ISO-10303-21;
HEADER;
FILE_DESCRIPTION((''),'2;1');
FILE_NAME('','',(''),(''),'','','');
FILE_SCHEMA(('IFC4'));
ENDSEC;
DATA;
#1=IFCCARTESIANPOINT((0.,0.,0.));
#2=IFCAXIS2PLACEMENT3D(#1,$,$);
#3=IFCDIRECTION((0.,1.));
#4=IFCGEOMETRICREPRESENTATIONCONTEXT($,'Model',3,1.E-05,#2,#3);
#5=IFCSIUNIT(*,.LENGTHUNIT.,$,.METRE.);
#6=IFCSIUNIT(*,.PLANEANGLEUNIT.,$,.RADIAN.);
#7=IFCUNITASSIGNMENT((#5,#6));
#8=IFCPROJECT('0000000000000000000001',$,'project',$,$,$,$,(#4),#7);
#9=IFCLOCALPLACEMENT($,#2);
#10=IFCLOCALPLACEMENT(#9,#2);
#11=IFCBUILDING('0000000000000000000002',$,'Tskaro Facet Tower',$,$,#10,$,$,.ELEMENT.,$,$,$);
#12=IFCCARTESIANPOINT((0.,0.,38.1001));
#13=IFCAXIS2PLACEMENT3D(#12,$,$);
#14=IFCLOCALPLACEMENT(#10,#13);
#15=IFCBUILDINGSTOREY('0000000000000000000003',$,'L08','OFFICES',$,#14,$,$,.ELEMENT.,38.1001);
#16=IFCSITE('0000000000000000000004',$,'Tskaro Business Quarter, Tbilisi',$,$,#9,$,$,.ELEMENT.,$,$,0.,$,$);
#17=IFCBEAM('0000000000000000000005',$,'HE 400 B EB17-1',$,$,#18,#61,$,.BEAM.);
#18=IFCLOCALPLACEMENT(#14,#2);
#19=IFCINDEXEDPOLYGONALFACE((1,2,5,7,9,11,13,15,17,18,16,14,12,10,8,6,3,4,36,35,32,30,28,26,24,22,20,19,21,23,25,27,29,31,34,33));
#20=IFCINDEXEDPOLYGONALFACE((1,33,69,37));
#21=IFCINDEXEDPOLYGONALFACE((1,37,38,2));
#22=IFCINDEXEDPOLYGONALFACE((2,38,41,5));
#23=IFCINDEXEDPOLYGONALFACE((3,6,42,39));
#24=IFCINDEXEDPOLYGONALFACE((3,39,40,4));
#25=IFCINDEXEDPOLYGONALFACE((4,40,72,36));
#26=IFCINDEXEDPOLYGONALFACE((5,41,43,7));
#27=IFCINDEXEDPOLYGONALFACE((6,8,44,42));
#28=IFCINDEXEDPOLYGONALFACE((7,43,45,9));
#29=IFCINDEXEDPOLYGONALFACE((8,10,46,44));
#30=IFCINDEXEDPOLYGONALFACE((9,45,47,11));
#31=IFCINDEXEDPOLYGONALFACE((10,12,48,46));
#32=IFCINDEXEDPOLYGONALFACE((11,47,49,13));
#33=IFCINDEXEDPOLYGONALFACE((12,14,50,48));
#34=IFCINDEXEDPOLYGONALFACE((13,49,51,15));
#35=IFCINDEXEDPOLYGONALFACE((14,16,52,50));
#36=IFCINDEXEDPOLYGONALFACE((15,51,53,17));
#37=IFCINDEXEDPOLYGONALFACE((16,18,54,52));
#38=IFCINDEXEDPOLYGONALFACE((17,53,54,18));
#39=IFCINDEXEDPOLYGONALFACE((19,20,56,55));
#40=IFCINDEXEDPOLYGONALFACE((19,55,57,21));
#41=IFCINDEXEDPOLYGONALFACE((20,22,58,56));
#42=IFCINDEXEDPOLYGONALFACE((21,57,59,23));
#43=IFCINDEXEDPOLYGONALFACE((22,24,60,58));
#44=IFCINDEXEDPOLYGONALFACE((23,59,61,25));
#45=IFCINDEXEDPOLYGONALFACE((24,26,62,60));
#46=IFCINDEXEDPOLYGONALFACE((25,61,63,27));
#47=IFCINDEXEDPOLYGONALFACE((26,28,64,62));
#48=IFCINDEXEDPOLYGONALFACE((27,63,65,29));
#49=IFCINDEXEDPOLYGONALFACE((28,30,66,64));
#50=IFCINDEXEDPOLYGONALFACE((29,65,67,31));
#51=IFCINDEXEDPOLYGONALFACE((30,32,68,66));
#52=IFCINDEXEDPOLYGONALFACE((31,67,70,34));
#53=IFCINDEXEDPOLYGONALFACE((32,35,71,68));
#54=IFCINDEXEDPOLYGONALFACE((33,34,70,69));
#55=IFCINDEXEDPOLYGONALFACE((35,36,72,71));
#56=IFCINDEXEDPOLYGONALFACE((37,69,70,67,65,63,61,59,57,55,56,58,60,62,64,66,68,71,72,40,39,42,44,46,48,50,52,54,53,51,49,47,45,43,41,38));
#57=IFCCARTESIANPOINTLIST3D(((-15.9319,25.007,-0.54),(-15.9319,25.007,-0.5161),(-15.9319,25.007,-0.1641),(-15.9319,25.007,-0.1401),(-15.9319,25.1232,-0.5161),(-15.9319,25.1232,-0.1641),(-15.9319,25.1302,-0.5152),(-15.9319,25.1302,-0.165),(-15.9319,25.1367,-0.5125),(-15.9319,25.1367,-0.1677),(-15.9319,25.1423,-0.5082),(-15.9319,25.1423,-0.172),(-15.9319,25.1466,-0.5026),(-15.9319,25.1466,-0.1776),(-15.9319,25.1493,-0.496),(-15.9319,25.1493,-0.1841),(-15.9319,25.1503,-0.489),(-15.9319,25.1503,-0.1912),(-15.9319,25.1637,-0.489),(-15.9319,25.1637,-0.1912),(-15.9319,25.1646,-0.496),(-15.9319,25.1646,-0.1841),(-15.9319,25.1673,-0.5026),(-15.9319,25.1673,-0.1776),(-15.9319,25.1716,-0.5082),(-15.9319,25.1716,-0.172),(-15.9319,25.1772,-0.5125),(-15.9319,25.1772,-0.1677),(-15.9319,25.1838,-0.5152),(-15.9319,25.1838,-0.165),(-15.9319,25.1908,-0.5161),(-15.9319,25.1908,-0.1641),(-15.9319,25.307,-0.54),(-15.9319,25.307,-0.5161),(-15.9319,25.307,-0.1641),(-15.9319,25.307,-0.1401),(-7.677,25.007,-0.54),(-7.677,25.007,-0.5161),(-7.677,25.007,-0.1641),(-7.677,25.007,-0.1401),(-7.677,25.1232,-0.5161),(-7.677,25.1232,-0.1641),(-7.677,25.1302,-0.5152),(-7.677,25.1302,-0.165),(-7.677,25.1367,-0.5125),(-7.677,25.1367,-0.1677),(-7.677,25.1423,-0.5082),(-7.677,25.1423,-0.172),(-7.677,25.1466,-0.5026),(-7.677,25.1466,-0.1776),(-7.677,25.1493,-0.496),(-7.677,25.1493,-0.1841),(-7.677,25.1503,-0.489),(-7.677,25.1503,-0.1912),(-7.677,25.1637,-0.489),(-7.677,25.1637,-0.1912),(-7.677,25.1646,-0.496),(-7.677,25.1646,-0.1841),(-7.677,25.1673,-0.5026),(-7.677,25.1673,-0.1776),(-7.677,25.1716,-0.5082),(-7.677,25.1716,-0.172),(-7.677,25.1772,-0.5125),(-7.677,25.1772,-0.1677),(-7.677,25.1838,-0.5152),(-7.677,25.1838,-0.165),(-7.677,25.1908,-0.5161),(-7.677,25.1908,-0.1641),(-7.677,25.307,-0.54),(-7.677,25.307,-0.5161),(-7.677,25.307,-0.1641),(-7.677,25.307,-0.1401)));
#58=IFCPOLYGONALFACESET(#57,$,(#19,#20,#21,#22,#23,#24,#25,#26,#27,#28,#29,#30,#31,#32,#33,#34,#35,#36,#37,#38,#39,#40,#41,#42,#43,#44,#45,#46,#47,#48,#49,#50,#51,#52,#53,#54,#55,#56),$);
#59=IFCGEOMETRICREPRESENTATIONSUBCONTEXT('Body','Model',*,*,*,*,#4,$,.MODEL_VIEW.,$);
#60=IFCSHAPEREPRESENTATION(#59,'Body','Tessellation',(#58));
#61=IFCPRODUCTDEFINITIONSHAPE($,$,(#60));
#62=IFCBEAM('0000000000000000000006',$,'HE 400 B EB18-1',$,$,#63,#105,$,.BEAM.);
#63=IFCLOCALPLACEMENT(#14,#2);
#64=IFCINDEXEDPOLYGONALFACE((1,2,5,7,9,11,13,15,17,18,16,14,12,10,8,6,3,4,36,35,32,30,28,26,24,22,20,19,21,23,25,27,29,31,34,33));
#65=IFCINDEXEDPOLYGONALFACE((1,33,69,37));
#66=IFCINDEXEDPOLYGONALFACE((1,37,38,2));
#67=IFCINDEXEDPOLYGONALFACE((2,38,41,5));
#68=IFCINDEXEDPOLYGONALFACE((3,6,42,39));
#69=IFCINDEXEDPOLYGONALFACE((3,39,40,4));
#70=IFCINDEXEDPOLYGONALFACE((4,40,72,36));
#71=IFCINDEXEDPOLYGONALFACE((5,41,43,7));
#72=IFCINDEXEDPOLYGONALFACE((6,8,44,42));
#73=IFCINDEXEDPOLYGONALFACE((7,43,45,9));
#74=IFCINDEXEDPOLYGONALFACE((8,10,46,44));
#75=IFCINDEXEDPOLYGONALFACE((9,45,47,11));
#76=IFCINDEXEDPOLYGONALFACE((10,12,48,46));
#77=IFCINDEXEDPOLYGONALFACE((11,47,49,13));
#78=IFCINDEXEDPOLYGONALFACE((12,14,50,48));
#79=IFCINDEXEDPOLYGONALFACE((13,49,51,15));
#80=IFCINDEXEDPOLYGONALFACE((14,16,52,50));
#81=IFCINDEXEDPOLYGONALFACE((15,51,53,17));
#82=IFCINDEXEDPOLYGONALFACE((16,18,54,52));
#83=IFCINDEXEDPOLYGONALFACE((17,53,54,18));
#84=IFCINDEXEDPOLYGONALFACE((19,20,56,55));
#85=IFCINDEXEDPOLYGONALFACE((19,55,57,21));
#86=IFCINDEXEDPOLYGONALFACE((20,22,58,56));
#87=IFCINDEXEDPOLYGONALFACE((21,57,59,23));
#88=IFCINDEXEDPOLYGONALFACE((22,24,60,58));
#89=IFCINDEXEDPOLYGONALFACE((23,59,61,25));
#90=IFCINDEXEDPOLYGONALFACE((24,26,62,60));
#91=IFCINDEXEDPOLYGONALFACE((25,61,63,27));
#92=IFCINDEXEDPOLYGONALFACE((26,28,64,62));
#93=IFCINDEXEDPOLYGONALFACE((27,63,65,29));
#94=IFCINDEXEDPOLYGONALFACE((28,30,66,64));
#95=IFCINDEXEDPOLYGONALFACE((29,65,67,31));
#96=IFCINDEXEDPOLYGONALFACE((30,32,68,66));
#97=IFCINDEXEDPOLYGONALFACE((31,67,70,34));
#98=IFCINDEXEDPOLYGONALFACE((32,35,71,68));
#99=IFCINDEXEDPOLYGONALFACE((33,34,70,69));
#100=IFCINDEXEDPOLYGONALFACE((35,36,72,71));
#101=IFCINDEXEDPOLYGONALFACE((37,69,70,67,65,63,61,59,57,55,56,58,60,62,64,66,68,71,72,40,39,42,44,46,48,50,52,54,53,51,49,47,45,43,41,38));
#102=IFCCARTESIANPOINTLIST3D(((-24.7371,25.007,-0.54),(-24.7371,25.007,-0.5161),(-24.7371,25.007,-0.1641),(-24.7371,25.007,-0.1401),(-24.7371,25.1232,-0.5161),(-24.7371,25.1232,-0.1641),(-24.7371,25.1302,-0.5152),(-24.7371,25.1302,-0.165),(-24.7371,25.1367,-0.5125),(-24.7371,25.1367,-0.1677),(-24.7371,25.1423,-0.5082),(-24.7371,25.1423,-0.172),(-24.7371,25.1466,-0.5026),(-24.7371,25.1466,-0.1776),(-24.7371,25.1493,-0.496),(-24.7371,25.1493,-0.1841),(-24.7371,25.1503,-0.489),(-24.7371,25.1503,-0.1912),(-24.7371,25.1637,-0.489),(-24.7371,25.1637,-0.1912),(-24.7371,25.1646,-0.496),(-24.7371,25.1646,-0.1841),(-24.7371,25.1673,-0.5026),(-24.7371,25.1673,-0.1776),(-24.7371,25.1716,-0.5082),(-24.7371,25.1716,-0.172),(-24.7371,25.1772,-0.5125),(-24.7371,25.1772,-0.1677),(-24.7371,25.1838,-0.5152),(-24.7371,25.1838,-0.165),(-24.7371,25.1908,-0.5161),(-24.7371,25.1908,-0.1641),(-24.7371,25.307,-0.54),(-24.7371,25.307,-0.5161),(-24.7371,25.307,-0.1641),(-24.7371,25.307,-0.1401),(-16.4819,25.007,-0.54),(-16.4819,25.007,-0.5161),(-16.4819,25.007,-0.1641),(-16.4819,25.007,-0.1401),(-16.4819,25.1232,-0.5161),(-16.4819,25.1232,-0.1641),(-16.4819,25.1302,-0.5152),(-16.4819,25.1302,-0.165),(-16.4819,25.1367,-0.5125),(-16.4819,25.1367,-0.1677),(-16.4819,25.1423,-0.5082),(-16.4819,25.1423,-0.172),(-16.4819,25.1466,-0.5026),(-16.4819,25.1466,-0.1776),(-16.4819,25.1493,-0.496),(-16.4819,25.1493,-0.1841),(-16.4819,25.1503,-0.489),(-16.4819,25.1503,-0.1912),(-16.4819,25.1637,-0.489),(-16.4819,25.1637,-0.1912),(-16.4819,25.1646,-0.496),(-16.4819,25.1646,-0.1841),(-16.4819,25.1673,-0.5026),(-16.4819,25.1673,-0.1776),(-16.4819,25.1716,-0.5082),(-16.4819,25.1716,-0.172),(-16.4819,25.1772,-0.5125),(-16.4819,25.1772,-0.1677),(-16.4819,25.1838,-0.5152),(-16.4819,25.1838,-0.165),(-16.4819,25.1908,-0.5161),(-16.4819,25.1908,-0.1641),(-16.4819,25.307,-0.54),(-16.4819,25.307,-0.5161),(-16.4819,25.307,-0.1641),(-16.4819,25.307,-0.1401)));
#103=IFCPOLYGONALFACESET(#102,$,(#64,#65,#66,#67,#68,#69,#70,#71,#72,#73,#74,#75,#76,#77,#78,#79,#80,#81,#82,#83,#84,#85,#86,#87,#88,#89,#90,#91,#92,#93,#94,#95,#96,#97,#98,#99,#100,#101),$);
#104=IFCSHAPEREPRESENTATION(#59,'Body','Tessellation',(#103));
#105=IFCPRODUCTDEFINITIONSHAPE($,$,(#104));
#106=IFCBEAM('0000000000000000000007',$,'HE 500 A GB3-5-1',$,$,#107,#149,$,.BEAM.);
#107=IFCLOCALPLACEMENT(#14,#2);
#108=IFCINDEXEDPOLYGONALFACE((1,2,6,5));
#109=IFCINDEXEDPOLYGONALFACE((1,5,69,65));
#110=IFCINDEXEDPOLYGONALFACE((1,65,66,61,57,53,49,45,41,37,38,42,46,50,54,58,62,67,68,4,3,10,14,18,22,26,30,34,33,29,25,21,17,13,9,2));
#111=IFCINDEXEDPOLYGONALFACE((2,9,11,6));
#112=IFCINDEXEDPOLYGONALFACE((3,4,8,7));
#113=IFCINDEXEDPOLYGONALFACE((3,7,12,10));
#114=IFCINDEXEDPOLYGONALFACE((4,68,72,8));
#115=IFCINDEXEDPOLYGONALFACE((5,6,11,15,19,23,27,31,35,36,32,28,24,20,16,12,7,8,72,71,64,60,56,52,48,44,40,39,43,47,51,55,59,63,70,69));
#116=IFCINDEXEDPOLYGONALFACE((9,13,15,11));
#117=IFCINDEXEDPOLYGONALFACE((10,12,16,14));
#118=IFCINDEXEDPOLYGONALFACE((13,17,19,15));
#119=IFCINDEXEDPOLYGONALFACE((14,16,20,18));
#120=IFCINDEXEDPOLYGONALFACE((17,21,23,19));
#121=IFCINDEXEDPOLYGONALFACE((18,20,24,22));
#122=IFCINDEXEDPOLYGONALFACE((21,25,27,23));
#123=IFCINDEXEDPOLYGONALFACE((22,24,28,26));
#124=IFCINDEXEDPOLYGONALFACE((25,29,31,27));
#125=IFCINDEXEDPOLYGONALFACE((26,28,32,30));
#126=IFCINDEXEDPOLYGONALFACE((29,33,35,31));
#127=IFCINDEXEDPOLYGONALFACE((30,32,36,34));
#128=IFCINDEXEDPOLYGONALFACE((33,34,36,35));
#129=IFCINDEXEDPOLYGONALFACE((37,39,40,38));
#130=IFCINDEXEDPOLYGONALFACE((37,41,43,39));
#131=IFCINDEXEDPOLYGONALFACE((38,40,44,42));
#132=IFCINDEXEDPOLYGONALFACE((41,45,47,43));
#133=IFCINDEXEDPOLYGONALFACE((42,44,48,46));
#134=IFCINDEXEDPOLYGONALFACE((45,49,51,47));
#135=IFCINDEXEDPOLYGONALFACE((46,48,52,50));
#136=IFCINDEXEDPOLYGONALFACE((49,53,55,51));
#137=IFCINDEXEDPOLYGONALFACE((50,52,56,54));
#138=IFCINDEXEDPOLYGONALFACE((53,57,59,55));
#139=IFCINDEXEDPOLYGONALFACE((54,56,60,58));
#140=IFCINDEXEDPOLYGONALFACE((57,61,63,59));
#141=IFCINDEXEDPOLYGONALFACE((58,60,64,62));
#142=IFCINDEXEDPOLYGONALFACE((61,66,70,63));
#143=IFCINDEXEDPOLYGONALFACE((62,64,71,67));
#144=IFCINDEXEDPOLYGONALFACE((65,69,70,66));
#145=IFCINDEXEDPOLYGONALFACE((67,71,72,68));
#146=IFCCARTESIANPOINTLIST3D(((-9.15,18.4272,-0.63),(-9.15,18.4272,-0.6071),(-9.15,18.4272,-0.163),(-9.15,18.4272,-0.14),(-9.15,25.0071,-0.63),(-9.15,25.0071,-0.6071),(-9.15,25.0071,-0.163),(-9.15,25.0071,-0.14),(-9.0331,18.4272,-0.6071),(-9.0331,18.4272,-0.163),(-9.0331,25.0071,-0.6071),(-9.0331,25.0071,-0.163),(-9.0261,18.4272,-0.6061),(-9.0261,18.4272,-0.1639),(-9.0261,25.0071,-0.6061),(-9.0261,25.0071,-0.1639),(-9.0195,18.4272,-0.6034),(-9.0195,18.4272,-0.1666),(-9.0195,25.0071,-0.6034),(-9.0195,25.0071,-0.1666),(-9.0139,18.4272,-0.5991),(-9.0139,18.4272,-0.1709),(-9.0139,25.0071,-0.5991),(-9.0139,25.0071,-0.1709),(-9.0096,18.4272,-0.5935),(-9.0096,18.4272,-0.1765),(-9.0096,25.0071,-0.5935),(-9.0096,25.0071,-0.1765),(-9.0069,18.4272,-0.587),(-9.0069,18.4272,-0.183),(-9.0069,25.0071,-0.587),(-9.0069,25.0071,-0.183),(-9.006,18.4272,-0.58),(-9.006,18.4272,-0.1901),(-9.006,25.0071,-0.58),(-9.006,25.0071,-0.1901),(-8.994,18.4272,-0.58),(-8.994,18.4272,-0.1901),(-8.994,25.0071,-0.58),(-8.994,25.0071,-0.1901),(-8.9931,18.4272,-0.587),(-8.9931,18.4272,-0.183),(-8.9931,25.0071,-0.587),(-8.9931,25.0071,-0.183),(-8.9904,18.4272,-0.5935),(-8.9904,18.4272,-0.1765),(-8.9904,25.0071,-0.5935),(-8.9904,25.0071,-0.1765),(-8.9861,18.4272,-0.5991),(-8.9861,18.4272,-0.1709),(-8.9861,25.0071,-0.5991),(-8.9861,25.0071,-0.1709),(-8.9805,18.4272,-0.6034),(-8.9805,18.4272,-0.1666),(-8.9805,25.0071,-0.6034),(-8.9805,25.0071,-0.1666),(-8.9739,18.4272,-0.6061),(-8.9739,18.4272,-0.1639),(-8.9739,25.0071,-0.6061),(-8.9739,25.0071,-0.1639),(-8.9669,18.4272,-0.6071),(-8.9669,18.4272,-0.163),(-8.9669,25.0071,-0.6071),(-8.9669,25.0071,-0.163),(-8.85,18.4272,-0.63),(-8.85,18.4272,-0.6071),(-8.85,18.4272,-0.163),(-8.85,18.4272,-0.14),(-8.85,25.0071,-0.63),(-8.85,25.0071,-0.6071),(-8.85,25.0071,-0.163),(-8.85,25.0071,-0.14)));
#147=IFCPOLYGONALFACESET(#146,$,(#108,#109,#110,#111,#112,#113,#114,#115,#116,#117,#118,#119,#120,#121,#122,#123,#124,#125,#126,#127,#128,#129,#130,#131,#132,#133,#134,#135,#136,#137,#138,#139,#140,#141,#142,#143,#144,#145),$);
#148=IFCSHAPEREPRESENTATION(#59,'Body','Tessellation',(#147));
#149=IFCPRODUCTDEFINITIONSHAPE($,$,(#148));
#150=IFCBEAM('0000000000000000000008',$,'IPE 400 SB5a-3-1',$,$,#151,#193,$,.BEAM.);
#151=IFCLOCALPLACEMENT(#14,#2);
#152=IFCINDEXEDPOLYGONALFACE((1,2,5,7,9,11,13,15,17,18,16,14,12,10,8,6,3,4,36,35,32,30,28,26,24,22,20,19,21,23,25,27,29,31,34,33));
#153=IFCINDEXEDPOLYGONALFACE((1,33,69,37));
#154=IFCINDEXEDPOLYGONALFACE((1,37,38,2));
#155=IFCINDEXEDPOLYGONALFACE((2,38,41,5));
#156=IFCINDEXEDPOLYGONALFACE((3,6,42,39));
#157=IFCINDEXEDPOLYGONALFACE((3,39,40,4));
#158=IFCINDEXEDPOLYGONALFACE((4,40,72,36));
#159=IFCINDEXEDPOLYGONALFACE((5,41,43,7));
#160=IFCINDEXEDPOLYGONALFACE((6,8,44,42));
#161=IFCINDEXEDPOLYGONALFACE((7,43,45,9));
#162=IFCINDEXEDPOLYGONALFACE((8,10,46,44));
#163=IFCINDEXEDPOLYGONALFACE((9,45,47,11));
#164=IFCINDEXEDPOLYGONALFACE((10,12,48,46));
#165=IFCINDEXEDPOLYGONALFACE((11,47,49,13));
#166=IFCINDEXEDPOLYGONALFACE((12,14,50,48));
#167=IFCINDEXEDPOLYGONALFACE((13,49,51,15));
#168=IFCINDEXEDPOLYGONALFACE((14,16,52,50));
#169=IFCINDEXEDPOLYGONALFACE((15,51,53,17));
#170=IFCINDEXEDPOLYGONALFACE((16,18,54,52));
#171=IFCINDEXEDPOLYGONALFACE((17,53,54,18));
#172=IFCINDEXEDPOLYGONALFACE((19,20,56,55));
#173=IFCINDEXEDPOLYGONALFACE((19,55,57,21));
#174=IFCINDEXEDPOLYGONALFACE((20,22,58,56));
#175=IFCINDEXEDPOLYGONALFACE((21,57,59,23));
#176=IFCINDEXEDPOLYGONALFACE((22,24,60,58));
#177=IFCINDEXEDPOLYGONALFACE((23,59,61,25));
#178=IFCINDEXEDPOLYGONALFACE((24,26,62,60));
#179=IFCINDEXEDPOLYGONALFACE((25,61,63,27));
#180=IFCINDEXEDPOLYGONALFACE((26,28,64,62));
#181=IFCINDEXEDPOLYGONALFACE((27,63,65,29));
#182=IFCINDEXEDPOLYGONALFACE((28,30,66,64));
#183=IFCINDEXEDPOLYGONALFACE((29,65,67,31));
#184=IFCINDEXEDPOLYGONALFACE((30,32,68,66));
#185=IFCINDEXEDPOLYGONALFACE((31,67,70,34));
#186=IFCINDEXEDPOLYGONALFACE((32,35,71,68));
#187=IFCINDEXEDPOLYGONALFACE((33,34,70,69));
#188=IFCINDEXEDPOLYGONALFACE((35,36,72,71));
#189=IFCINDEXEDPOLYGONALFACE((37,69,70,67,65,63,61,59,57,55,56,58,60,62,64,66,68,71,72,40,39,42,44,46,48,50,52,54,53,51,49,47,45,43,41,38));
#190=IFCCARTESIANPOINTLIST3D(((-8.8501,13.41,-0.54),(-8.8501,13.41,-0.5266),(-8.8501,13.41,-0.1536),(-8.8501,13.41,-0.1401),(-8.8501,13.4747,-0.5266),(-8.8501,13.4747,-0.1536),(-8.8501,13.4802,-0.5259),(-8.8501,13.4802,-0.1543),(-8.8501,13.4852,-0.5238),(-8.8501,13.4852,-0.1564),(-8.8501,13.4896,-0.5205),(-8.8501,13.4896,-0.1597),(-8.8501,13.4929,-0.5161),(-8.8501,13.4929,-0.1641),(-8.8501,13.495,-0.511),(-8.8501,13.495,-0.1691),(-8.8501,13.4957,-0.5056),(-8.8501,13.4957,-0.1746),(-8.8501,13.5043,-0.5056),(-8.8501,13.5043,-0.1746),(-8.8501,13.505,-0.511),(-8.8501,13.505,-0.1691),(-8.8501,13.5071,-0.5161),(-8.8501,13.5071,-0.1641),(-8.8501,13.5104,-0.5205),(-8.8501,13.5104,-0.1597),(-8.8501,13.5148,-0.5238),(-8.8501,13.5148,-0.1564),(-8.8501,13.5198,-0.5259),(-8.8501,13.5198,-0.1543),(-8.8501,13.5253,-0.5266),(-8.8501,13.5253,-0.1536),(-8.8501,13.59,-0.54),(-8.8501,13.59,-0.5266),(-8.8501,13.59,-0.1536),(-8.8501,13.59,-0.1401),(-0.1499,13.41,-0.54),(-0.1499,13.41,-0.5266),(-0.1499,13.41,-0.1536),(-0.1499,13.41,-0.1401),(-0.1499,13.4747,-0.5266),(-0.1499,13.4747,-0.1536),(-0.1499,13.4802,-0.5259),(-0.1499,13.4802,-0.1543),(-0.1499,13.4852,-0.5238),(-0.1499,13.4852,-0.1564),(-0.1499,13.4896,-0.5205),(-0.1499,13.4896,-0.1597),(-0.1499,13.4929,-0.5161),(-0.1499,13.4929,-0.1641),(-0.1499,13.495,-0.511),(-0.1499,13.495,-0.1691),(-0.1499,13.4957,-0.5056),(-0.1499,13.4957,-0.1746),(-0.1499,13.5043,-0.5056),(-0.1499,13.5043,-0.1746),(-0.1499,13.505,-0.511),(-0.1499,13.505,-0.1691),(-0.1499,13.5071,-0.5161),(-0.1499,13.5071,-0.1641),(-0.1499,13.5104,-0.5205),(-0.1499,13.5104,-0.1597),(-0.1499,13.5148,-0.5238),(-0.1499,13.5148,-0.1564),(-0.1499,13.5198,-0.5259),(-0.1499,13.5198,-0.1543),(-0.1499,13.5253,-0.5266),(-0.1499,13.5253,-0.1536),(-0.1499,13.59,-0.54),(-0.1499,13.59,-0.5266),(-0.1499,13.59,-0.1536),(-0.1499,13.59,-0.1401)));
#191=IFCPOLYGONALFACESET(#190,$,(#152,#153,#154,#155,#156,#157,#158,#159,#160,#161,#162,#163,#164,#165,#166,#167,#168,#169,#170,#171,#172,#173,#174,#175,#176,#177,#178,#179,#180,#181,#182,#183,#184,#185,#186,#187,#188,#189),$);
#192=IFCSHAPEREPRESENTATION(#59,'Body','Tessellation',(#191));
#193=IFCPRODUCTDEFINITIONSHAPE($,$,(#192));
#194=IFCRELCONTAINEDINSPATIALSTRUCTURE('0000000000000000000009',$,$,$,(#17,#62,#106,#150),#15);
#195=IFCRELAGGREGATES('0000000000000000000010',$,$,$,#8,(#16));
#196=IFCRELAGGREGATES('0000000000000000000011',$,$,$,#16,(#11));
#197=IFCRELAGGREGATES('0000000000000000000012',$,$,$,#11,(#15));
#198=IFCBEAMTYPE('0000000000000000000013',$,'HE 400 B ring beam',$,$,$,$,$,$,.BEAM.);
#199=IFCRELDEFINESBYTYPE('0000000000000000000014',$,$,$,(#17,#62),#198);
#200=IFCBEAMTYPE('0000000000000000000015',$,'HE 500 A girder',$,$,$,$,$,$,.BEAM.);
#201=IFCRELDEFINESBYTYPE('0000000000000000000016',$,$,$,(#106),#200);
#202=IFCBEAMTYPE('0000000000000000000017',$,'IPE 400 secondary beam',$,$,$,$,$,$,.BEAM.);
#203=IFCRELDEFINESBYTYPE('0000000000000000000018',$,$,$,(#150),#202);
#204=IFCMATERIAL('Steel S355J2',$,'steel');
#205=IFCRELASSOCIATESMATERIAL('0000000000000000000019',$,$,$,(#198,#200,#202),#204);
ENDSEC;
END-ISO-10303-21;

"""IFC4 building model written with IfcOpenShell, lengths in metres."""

from ifc_helpers import new_model, si_unit, direction, frame, origin, origin_2d, place, context, subcontext, project, spatial, i_section, extrude, material, material_profile, profile_set, type_object, element, save


model = new_model("IFC4")

# Units and contexts
model_context = context("Model", 3, precision=1e-05, world=origin(), true_north=direction((0.0, 1.0)))
body_context = subcontext(model_context, "Body", "Model", "MODEL_VIEW")
ifc_project = project(units=[si_unit("LENGTHUNIT", "METRE"), si_unit("PLANEANGLEUNIT", "RADIAN")], contexts=[model_context])

# Site, building, storey
site_placement = place(None, origin())
site = spatial("IfcSite", under=ifc_project, at=site_placement, Name="Tskaro Business Quarter, Tbilisi", CompositionType="ELEMENT", RefElevation=0.0)
building_placement = place(site_placement, origin())
building = spatial("IfcBuilding", under=site, at=building_placement, Name="Tskaro Facet Tower", CompositionType="ELEMENT")
storey_placement = place(building_placement, frame((0.0, 0.0, 38.1001)))
storey = spatial("IfcBuildingStorey", under=building, at=storey_placement, Name="L08", Description="OFFICES", CompositionType="ELEMENT", Elevation=38.1001)

# Beams
ifc_material_1 = material(Name="Steel S355J2", Category="steel")
ifc_material_profile_1 = material_profile(ifc_material_1, i_section(OverallWidth=0.3, OverallDepth=0.3999, WebThickness=0.0134, FlangeThickness=0.0239, FilletRadius=0.0271, at=origin_2d()), Name="HE 400 B")
ifc_profile_set_1 = profile_set([ifc_material_profile_1], Name="Steel S355J2")
beam_type_1 = type_object("IfcBeamType", Name="HE 400 B ring beam", PredefinedType="BEAM", material=ifc_profile_set_1)
beam_1_placement = place(storey_placement, frame((-7.677, 25.157, -0.3401), z_axis=(-1.0, 0.0, 0.0), x_axis=(0.0, -1.0, 0.0)))
element("IfcBeam", 1, at=beam_1_placement, inside=storey, type_object=beam_type_1, Name="HE 400 B EB17-1", PredefinedType="BEAM", context=body_context, shape_type="SweptSolid", body=[
    extrude(i_section(OverallWidth=0.3, OverallDepth=0.3999, WebThickness=0.0134, FlangeThickness=0.0239, FilletRadius=0.0271, at=origin_2d()), origin(), (0.0, 0.0, 1.0), 8.2549),
])
beam_2_placement = place(storey_placement, frame((-16.4819, 25.157, -0.3401), z_axis=(-1.0, 0.0, 0.0), x_axis=(0.0, -1.0, 0.0)))
element("IfcBeam", 2, at=beam_2_placement, inside=storey, type_object=beam_type_1, Name="HE 400 B EB18-1", PredefinedType="BEAM", context=body_context, shape_type="SweptSolid", body=[
    extrude(i_section(OverallWidth=0.3, OverallDepth=0.3999, WebThickness=0.0134, FlangeThickness=0.0239, FilletRadius=0.0271, at=origin_2d()), origin(), (0.0, 0.0, 1.0), 8.2551),
])
ifc_material_profile_2 = material_profile(ifc_material_1, i_section(OverallWidth=0.3, OverallDepth=0.49, WebThickness=0.012, FlangeThickness=0.0229, FilletRadius=0.0271, at=origin_2d()), Name="HE 500 A")
ifc_profile_set_2 = profile_set([ifc_material_profile_2], Name="Steel S355J2")
beam_type_2 = type_object("IfcBeamType", Name="HE 500 A girder", PredefinedType="BEAM", material=ifc_profile_set_2)
beam_3_placement = place(storey_placement, frame((-9.0, 18.4272, -0.385), z_axis=(0.0, 1.0, 0.0), x_axis=(-1.0, 0.0, 0.0)))
element("IfcBeam", 3, at=beam_3_placement, inside=storey, type_object=beam_type_2, Name="HE 500 A GB3-5-1", PredefinedType="BEAM", context=body_context, shape_type="SweptSolid", body=[
    extrude(i_section(OverallWidth=0.3, OverallDepth=0.49, WebThickness=0.012, FlangeThickness=0.0229, FilletRadius=0.0271, at=origin_2d()), origin(), (0.0, 0.0, 1.0), 6.5798),
])
ifc_material_profile_3 = material_profile(ifc_material_1, i_section(OverallWidth=0.1799, OverallDepth=0.3999, WebThickness=0.0085, FlangeThickness=0.0134, FilletRadius=0.021, at=origin_2d()), Name="IPE 400")
ifc_profile_set_3 = profile_set([ifc_material_profile_3], Name="Steel S355J2")
beam_type_3 = type_object("IfcBeamType", Name="IPE 400 secondary beam", PredefinedType="BEAM", material=ifc_profile_set_3)
for number, where, z_axis, x_axis, name in (
    (4, (-8.8501, 13.5, -0.3401), (1.0, 0.0, 0.0), (0.0, 1.0, 0.0), "IPE 400 SB5a-3-1"),
):
    element("IfcBeam", number, at=place(storey_placement, frame(where, z_axis=z_axis, x_axis=x_axis)), inside=storey, type_object=beam_type_3, Name=name, PredefinedType="BEAM", context=body_context, shape_type="SweptSolid", body=[
        extrude(i_section(OverallWidth=0.1799, OverallDepth=0.3999, WebThickness=0.0085, FlangeThickness=0.0134, FilletRadius=0.021, at=origin_2d()), origin(), (0.0, 0.0, 1.0), 8.7002),
    ])

save(model, "model.ifc")
